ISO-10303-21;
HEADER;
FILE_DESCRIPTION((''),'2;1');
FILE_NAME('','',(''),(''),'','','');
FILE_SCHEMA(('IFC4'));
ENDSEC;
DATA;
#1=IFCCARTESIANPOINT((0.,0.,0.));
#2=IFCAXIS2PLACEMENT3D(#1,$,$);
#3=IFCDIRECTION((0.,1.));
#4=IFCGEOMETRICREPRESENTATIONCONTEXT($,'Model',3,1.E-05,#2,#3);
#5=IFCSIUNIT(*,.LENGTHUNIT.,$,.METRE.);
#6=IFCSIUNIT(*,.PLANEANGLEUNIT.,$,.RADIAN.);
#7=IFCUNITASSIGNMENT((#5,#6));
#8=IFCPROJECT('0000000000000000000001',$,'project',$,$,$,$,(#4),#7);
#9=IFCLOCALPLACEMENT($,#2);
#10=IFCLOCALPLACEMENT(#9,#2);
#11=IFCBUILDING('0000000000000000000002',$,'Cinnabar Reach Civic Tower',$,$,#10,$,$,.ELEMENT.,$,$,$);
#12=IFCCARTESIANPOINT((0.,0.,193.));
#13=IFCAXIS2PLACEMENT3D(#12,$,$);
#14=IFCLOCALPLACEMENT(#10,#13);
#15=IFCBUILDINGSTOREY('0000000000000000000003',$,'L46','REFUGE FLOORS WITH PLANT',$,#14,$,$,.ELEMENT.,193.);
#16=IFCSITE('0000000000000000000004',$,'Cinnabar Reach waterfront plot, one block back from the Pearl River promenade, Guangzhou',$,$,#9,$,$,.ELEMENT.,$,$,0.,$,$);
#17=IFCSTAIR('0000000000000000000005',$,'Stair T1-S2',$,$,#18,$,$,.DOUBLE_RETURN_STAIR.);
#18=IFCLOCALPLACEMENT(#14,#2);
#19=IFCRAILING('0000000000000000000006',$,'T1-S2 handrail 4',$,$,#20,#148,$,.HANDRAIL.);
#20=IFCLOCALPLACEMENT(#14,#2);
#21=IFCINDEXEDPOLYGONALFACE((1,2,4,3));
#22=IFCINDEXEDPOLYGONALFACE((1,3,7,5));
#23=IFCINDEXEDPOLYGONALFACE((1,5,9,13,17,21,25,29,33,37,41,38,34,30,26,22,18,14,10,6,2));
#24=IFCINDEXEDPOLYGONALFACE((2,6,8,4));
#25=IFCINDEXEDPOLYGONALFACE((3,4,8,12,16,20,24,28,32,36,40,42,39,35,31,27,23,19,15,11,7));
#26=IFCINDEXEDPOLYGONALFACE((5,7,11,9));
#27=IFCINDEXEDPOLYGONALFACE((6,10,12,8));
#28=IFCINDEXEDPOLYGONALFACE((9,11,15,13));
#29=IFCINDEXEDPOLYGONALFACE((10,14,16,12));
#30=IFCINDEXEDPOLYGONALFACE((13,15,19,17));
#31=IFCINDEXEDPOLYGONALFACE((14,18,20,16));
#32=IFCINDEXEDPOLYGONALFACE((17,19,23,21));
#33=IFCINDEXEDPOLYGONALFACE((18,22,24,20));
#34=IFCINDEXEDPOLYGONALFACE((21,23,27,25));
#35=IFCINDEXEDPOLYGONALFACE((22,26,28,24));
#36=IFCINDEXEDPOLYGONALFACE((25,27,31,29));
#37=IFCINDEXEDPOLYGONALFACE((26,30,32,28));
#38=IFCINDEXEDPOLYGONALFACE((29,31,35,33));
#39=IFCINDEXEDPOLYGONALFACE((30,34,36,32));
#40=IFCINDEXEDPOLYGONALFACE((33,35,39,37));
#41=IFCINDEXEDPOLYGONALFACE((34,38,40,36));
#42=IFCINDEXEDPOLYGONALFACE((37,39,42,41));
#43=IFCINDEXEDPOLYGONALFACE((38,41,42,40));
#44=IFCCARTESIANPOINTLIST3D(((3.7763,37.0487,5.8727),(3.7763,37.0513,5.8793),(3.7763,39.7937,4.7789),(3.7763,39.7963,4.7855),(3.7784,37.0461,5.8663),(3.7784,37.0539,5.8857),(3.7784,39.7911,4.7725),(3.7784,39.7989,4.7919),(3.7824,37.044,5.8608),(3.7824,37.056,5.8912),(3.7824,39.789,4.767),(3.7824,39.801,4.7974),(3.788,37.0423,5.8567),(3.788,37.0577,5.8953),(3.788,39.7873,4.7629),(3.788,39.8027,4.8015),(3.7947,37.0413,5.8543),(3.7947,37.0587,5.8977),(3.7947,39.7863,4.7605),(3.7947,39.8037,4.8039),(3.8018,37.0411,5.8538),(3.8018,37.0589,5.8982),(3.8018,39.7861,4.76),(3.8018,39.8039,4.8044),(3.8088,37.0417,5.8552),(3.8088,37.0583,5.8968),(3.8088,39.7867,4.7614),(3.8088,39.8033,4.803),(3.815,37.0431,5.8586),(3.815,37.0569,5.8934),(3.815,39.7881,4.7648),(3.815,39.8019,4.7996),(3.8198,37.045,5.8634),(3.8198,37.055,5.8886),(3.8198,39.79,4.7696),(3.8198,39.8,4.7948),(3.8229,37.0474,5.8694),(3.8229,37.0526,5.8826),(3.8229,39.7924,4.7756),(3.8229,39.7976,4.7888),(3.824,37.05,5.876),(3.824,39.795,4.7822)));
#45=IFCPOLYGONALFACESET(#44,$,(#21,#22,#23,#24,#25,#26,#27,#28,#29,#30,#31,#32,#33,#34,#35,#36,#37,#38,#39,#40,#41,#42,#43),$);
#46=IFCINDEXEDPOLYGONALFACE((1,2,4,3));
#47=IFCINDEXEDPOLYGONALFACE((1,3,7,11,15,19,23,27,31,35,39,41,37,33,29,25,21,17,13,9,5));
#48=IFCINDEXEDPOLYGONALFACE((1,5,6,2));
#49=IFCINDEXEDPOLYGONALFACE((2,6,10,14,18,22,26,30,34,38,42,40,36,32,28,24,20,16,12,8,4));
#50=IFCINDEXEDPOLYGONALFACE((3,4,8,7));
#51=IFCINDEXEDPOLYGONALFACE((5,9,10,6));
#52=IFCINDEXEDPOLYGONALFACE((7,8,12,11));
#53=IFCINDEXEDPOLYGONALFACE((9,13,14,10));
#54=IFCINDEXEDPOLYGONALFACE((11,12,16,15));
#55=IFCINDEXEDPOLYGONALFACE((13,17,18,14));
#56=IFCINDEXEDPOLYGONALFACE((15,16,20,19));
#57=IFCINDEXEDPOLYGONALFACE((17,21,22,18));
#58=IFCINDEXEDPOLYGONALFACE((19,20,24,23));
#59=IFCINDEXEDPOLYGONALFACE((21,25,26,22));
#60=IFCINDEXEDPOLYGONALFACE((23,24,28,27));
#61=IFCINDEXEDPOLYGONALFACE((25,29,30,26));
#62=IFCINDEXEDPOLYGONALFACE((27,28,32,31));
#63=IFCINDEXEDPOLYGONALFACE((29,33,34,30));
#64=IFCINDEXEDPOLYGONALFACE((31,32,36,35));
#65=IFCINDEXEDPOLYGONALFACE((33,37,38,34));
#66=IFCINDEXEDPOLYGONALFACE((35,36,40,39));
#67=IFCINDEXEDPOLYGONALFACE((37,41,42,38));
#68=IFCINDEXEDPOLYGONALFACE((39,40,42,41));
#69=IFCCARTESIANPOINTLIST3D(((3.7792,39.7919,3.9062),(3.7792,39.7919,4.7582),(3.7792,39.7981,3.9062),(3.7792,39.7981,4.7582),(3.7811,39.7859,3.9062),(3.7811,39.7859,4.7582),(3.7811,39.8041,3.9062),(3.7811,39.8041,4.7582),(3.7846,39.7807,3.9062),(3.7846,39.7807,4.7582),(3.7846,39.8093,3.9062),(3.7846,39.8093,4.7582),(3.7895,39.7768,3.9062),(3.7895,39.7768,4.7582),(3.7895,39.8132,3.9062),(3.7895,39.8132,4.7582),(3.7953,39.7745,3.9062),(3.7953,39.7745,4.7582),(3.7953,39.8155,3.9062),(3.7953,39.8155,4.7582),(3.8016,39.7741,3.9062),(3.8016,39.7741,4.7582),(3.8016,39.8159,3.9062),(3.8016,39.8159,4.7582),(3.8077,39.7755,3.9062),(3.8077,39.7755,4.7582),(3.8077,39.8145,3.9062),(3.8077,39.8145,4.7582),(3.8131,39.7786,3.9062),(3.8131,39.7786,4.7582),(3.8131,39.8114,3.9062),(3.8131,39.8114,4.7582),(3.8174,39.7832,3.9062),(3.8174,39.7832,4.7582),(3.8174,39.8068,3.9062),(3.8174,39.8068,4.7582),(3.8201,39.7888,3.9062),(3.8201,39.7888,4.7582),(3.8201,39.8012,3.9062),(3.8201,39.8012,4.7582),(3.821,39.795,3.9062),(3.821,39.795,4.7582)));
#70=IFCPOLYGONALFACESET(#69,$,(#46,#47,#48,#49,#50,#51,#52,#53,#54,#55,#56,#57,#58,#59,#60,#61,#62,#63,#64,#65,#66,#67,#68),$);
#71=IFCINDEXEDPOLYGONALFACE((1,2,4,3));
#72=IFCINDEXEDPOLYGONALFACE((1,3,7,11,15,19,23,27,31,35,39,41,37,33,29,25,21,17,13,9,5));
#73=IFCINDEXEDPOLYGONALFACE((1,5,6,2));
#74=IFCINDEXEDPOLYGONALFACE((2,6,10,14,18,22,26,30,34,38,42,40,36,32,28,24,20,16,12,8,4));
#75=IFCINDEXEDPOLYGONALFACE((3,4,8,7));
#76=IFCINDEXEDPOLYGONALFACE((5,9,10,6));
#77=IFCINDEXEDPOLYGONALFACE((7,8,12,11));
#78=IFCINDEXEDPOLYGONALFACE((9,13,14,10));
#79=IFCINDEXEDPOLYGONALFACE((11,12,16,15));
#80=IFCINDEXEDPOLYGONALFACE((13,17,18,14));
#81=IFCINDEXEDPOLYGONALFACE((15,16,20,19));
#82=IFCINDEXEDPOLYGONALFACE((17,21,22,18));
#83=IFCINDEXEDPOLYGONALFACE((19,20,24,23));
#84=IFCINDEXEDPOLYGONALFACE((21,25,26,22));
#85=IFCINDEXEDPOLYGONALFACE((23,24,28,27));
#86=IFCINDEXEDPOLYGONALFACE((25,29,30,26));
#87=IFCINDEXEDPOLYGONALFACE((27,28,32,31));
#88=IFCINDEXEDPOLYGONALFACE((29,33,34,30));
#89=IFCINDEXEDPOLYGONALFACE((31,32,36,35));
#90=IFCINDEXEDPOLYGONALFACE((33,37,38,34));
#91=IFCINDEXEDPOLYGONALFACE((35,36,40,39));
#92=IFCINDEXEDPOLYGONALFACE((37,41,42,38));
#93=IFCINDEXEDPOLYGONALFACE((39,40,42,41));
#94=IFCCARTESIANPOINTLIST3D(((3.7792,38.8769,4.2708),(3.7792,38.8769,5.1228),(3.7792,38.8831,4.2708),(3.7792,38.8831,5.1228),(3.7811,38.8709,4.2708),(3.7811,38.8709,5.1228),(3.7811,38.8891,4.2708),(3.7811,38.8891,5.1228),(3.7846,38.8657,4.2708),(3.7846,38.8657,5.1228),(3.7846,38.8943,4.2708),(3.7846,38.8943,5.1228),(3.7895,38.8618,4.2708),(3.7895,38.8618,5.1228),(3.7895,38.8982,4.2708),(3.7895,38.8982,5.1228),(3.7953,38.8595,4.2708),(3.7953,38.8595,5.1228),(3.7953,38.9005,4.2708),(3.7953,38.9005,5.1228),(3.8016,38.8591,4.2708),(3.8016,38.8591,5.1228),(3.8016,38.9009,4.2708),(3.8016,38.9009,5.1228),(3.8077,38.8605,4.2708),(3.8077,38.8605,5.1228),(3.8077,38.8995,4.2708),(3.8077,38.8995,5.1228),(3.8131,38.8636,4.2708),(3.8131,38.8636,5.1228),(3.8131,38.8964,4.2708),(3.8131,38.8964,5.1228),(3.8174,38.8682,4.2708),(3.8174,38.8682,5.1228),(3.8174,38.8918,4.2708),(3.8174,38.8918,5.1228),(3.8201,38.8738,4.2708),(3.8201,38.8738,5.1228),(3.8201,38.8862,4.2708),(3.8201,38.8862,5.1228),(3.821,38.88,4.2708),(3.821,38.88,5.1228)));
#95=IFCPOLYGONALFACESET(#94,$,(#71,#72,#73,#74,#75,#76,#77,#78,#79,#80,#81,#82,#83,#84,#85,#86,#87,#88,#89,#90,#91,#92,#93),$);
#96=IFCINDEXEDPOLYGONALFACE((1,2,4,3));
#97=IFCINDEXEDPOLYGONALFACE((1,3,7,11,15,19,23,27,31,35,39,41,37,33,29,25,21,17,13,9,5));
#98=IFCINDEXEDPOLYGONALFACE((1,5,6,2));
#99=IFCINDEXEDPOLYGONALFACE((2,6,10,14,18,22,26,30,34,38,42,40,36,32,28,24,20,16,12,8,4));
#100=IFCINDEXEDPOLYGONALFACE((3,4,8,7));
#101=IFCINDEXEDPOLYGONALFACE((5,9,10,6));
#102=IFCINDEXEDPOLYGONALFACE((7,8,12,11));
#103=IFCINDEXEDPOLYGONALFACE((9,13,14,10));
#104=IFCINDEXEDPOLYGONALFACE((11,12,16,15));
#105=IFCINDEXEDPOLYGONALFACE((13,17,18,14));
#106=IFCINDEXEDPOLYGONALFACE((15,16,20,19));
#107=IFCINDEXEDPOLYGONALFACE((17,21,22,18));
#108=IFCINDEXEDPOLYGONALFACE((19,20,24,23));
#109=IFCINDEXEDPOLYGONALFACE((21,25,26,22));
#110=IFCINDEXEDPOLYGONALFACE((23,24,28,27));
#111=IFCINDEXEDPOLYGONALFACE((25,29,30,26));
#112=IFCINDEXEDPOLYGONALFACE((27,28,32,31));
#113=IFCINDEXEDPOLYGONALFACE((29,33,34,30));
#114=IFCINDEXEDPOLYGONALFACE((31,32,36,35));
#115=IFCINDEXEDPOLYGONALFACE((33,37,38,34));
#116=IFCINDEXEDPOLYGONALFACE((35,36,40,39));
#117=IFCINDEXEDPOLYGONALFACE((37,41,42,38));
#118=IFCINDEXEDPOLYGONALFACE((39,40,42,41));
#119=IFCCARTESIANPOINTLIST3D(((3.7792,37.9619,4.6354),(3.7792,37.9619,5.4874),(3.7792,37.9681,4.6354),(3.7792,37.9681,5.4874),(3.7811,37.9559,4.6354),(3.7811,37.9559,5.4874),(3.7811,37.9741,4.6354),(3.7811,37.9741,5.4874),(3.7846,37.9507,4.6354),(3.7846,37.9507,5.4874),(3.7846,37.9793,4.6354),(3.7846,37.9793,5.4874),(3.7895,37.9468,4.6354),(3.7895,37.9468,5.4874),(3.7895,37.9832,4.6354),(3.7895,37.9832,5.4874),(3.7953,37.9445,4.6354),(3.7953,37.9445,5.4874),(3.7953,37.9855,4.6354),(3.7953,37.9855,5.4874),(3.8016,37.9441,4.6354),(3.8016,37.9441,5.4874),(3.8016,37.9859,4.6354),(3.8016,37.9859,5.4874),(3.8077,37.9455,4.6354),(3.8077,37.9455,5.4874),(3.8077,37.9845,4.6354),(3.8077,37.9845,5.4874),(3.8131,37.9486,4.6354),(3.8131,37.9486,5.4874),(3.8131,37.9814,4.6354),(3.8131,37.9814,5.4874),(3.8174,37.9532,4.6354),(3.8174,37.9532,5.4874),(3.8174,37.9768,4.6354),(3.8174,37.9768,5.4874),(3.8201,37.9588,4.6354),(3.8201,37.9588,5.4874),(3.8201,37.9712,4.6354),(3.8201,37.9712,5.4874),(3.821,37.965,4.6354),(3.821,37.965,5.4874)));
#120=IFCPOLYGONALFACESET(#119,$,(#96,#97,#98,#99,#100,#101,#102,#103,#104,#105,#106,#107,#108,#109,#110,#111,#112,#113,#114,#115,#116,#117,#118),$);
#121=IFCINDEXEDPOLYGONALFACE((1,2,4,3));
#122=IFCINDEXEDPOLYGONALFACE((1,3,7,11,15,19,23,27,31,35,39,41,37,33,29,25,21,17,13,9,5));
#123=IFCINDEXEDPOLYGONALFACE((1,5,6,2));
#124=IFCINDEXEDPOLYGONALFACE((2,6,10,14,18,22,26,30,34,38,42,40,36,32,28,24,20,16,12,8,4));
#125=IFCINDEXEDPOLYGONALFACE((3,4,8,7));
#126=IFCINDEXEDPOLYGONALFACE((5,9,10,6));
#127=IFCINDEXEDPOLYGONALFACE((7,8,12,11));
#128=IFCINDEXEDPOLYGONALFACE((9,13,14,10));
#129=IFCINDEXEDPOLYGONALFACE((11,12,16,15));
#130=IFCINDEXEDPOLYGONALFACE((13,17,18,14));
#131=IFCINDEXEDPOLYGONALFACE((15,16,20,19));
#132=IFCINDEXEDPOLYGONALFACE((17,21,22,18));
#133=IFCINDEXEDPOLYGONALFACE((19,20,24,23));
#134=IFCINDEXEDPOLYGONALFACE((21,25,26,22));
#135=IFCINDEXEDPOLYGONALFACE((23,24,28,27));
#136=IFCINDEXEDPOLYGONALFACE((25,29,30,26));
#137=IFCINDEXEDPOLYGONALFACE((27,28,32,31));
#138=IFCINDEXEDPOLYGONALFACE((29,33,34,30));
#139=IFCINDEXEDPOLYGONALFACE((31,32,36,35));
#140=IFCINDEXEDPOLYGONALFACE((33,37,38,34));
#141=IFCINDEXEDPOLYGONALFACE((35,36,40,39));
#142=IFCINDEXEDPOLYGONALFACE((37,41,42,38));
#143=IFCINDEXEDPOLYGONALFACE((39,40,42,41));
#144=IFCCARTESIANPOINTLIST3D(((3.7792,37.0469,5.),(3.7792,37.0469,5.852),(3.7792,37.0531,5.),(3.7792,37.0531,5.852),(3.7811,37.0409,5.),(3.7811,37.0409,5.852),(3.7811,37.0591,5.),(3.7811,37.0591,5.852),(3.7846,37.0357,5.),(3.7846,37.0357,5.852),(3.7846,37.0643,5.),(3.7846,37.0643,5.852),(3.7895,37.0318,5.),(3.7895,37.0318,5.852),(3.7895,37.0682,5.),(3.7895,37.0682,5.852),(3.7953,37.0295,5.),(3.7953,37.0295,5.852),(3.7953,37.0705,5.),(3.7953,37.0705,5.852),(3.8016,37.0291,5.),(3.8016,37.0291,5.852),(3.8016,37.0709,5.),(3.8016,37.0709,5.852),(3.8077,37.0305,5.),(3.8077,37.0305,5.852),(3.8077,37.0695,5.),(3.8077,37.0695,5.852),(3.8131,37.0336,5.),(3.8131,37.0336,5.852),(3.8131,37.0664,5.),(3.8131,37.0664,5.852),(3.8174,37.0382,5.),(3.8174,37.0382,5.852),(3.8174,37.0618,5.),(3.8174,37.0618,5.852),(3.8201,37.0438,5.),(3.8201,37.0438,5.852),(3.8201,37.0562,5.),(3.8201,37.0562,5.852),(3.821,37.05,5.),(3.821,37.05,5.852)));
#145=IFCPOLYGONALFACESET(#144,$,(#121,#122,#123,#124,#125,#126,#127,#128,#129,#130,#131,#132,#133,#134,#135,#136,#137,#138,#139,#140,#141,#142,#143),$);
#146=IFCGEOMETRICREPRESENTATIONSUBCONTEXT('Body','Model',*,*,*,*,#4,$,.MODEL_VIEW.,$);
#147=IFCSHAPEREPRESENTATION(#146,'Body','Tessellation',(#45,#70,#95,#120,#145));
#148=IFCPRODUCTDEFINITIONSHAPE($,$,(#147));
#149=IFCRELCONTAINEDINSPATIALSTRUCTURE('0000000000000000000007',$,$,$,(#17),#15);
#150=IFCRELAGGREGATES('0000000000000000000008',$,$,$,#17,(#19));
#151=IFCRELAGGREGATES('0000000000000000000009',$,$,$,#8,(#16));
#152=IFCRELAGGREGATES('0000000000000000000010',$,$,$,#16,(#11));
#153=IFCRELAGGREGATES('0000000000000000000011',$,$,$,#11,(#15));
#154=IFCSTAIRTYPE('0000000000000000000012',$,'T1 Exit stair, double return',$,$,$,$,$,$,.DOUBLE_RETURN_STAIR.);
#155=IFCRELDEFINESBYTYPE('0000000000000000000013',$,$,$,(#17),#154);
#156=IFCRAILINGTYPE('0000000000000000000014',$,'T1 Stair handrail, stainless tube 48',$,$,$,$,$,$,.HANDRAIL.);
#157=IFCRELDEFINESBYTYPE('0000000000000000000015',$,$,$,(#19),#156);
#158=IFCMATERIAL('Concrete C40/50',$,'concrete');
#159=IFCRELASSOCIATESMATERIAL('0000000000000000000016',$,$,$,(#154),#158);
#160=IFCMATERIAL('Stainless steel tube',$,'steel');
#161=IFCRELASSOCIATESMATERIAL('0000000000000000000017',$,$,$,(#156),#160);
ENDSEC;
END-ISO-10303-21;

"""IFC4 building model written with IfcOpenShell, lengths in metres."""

from ifc_helpers import new_model, si_unit, direction, frame, origin, origin_2d, place, context, subcontext, project, spatial, circle, extrude, material, type_object, element, aggregate, save


model = new_model("IFC4")

# Units and contexts
model_context = context("Model", 3, precision=1e-05, world=origin(), true_north=direction((0.0, 1.0)))
body_context = subcontext(model_context, "Body", "Model", "MODEL_VIEW")
ifc_project = project(units=[si_unit("LENGTHUNIT", "METRE"), si_unit("PLANEANGLEUNIT", "RADIAN")], contexts=[model_context])

# Site, building, storey
site_placement = place(None, origin())
site = spatial("IfcSite", under=ifc_project, at=site_placement, Name="Cinnabar Reach waterfront plot, one block back from the Pearl River promenade, Guangzhou", CompositionType="ELEMENT", RefElevation=0.0)
building_placement = place(site_placement, origin())
building = spatial("IfcBuilding", under=site, at=building_placement, Name="Cinnabar Reach Civic Tower", CompositionType="ELEMENT")
storey_placement = place(building_placement, frame((0.0, 0.0, 193.0)))
storey = spatial("IfcBuildingStorey", under=building, at=storey_placement, Name="L46", Description="REFUGE FLOORS WITH PLANT", CompositionType="ELEMENT", Elevation=193.0)

# Shared definitions
ifc_material_1 = material(Name="Concrete C40/50", Category="concrete")

# Stair, railing
stair_type = type_object("IfcStairType", Name="T1 Exit stair, double return", PredefinedType="DOUBLE_RETURN_STAIR", material=ifc_material_1)
stair_placement = place(storey_placement, origin())
stair = element("IfcStair", 1, at=stair_placement, inside=storey, type_object=stair_type, Name="Stair T1-S2", PredefinedType="DOUBLE_RETURN_STAIR")
ifc_material_2 = material(Name="Stainless steel tube", Category="steel")
railing_type = type_object("IfcRailingType", Name="T1 Stair handrail, stainless tube 48", PredefinedType="HANDRAIL", material=ifc_material_2)
railing_1_placement = place(storey_placement, frame((3.8, 39.795, 3.9062)))
railing_1 = element("IfcRailing", 2, at=railing_1_placement, type_object=railing_type, Name="T1-S2 handrail 4", PredefinedType="HANDRAIL", context=body_context, shape_type="SweptSolid", body=[
    extrude(circle(Radius=0.024, at=origin_2d()), frame((0.0, 0.0, 0.876), z_axis=(0.0, -0.928966, 0.370165), x_axis=(1.0, 0.0, 0.0)), (0.0, 0.0, 1.0), 2.9549),
    extrude(circle(Radius=0.021, at=origin_2d()), origin(), (0.0, 0.0, 1.0), 0.852),
    extrude(circle(Radius=0.021, at=origin_2d()), frame((0.0, -0.915, 0.3646)), (0.0, 0.0, 1.0), 0.852),
    extrude(circle(Radius=0.021, at=origin_2d()), frame((0.0, -1.83, 0.7292)), (0.0, 0.0, 1.0), 0.852),
    extrude(circle(Radius=0.021, at=origin_2d()), frame((0.0, -2.745, 1.0938)), (0.0, 0.0, 1.0), 0.852),
])
aggregate(stair, [railing_1])

save(model, "model.ifc")
